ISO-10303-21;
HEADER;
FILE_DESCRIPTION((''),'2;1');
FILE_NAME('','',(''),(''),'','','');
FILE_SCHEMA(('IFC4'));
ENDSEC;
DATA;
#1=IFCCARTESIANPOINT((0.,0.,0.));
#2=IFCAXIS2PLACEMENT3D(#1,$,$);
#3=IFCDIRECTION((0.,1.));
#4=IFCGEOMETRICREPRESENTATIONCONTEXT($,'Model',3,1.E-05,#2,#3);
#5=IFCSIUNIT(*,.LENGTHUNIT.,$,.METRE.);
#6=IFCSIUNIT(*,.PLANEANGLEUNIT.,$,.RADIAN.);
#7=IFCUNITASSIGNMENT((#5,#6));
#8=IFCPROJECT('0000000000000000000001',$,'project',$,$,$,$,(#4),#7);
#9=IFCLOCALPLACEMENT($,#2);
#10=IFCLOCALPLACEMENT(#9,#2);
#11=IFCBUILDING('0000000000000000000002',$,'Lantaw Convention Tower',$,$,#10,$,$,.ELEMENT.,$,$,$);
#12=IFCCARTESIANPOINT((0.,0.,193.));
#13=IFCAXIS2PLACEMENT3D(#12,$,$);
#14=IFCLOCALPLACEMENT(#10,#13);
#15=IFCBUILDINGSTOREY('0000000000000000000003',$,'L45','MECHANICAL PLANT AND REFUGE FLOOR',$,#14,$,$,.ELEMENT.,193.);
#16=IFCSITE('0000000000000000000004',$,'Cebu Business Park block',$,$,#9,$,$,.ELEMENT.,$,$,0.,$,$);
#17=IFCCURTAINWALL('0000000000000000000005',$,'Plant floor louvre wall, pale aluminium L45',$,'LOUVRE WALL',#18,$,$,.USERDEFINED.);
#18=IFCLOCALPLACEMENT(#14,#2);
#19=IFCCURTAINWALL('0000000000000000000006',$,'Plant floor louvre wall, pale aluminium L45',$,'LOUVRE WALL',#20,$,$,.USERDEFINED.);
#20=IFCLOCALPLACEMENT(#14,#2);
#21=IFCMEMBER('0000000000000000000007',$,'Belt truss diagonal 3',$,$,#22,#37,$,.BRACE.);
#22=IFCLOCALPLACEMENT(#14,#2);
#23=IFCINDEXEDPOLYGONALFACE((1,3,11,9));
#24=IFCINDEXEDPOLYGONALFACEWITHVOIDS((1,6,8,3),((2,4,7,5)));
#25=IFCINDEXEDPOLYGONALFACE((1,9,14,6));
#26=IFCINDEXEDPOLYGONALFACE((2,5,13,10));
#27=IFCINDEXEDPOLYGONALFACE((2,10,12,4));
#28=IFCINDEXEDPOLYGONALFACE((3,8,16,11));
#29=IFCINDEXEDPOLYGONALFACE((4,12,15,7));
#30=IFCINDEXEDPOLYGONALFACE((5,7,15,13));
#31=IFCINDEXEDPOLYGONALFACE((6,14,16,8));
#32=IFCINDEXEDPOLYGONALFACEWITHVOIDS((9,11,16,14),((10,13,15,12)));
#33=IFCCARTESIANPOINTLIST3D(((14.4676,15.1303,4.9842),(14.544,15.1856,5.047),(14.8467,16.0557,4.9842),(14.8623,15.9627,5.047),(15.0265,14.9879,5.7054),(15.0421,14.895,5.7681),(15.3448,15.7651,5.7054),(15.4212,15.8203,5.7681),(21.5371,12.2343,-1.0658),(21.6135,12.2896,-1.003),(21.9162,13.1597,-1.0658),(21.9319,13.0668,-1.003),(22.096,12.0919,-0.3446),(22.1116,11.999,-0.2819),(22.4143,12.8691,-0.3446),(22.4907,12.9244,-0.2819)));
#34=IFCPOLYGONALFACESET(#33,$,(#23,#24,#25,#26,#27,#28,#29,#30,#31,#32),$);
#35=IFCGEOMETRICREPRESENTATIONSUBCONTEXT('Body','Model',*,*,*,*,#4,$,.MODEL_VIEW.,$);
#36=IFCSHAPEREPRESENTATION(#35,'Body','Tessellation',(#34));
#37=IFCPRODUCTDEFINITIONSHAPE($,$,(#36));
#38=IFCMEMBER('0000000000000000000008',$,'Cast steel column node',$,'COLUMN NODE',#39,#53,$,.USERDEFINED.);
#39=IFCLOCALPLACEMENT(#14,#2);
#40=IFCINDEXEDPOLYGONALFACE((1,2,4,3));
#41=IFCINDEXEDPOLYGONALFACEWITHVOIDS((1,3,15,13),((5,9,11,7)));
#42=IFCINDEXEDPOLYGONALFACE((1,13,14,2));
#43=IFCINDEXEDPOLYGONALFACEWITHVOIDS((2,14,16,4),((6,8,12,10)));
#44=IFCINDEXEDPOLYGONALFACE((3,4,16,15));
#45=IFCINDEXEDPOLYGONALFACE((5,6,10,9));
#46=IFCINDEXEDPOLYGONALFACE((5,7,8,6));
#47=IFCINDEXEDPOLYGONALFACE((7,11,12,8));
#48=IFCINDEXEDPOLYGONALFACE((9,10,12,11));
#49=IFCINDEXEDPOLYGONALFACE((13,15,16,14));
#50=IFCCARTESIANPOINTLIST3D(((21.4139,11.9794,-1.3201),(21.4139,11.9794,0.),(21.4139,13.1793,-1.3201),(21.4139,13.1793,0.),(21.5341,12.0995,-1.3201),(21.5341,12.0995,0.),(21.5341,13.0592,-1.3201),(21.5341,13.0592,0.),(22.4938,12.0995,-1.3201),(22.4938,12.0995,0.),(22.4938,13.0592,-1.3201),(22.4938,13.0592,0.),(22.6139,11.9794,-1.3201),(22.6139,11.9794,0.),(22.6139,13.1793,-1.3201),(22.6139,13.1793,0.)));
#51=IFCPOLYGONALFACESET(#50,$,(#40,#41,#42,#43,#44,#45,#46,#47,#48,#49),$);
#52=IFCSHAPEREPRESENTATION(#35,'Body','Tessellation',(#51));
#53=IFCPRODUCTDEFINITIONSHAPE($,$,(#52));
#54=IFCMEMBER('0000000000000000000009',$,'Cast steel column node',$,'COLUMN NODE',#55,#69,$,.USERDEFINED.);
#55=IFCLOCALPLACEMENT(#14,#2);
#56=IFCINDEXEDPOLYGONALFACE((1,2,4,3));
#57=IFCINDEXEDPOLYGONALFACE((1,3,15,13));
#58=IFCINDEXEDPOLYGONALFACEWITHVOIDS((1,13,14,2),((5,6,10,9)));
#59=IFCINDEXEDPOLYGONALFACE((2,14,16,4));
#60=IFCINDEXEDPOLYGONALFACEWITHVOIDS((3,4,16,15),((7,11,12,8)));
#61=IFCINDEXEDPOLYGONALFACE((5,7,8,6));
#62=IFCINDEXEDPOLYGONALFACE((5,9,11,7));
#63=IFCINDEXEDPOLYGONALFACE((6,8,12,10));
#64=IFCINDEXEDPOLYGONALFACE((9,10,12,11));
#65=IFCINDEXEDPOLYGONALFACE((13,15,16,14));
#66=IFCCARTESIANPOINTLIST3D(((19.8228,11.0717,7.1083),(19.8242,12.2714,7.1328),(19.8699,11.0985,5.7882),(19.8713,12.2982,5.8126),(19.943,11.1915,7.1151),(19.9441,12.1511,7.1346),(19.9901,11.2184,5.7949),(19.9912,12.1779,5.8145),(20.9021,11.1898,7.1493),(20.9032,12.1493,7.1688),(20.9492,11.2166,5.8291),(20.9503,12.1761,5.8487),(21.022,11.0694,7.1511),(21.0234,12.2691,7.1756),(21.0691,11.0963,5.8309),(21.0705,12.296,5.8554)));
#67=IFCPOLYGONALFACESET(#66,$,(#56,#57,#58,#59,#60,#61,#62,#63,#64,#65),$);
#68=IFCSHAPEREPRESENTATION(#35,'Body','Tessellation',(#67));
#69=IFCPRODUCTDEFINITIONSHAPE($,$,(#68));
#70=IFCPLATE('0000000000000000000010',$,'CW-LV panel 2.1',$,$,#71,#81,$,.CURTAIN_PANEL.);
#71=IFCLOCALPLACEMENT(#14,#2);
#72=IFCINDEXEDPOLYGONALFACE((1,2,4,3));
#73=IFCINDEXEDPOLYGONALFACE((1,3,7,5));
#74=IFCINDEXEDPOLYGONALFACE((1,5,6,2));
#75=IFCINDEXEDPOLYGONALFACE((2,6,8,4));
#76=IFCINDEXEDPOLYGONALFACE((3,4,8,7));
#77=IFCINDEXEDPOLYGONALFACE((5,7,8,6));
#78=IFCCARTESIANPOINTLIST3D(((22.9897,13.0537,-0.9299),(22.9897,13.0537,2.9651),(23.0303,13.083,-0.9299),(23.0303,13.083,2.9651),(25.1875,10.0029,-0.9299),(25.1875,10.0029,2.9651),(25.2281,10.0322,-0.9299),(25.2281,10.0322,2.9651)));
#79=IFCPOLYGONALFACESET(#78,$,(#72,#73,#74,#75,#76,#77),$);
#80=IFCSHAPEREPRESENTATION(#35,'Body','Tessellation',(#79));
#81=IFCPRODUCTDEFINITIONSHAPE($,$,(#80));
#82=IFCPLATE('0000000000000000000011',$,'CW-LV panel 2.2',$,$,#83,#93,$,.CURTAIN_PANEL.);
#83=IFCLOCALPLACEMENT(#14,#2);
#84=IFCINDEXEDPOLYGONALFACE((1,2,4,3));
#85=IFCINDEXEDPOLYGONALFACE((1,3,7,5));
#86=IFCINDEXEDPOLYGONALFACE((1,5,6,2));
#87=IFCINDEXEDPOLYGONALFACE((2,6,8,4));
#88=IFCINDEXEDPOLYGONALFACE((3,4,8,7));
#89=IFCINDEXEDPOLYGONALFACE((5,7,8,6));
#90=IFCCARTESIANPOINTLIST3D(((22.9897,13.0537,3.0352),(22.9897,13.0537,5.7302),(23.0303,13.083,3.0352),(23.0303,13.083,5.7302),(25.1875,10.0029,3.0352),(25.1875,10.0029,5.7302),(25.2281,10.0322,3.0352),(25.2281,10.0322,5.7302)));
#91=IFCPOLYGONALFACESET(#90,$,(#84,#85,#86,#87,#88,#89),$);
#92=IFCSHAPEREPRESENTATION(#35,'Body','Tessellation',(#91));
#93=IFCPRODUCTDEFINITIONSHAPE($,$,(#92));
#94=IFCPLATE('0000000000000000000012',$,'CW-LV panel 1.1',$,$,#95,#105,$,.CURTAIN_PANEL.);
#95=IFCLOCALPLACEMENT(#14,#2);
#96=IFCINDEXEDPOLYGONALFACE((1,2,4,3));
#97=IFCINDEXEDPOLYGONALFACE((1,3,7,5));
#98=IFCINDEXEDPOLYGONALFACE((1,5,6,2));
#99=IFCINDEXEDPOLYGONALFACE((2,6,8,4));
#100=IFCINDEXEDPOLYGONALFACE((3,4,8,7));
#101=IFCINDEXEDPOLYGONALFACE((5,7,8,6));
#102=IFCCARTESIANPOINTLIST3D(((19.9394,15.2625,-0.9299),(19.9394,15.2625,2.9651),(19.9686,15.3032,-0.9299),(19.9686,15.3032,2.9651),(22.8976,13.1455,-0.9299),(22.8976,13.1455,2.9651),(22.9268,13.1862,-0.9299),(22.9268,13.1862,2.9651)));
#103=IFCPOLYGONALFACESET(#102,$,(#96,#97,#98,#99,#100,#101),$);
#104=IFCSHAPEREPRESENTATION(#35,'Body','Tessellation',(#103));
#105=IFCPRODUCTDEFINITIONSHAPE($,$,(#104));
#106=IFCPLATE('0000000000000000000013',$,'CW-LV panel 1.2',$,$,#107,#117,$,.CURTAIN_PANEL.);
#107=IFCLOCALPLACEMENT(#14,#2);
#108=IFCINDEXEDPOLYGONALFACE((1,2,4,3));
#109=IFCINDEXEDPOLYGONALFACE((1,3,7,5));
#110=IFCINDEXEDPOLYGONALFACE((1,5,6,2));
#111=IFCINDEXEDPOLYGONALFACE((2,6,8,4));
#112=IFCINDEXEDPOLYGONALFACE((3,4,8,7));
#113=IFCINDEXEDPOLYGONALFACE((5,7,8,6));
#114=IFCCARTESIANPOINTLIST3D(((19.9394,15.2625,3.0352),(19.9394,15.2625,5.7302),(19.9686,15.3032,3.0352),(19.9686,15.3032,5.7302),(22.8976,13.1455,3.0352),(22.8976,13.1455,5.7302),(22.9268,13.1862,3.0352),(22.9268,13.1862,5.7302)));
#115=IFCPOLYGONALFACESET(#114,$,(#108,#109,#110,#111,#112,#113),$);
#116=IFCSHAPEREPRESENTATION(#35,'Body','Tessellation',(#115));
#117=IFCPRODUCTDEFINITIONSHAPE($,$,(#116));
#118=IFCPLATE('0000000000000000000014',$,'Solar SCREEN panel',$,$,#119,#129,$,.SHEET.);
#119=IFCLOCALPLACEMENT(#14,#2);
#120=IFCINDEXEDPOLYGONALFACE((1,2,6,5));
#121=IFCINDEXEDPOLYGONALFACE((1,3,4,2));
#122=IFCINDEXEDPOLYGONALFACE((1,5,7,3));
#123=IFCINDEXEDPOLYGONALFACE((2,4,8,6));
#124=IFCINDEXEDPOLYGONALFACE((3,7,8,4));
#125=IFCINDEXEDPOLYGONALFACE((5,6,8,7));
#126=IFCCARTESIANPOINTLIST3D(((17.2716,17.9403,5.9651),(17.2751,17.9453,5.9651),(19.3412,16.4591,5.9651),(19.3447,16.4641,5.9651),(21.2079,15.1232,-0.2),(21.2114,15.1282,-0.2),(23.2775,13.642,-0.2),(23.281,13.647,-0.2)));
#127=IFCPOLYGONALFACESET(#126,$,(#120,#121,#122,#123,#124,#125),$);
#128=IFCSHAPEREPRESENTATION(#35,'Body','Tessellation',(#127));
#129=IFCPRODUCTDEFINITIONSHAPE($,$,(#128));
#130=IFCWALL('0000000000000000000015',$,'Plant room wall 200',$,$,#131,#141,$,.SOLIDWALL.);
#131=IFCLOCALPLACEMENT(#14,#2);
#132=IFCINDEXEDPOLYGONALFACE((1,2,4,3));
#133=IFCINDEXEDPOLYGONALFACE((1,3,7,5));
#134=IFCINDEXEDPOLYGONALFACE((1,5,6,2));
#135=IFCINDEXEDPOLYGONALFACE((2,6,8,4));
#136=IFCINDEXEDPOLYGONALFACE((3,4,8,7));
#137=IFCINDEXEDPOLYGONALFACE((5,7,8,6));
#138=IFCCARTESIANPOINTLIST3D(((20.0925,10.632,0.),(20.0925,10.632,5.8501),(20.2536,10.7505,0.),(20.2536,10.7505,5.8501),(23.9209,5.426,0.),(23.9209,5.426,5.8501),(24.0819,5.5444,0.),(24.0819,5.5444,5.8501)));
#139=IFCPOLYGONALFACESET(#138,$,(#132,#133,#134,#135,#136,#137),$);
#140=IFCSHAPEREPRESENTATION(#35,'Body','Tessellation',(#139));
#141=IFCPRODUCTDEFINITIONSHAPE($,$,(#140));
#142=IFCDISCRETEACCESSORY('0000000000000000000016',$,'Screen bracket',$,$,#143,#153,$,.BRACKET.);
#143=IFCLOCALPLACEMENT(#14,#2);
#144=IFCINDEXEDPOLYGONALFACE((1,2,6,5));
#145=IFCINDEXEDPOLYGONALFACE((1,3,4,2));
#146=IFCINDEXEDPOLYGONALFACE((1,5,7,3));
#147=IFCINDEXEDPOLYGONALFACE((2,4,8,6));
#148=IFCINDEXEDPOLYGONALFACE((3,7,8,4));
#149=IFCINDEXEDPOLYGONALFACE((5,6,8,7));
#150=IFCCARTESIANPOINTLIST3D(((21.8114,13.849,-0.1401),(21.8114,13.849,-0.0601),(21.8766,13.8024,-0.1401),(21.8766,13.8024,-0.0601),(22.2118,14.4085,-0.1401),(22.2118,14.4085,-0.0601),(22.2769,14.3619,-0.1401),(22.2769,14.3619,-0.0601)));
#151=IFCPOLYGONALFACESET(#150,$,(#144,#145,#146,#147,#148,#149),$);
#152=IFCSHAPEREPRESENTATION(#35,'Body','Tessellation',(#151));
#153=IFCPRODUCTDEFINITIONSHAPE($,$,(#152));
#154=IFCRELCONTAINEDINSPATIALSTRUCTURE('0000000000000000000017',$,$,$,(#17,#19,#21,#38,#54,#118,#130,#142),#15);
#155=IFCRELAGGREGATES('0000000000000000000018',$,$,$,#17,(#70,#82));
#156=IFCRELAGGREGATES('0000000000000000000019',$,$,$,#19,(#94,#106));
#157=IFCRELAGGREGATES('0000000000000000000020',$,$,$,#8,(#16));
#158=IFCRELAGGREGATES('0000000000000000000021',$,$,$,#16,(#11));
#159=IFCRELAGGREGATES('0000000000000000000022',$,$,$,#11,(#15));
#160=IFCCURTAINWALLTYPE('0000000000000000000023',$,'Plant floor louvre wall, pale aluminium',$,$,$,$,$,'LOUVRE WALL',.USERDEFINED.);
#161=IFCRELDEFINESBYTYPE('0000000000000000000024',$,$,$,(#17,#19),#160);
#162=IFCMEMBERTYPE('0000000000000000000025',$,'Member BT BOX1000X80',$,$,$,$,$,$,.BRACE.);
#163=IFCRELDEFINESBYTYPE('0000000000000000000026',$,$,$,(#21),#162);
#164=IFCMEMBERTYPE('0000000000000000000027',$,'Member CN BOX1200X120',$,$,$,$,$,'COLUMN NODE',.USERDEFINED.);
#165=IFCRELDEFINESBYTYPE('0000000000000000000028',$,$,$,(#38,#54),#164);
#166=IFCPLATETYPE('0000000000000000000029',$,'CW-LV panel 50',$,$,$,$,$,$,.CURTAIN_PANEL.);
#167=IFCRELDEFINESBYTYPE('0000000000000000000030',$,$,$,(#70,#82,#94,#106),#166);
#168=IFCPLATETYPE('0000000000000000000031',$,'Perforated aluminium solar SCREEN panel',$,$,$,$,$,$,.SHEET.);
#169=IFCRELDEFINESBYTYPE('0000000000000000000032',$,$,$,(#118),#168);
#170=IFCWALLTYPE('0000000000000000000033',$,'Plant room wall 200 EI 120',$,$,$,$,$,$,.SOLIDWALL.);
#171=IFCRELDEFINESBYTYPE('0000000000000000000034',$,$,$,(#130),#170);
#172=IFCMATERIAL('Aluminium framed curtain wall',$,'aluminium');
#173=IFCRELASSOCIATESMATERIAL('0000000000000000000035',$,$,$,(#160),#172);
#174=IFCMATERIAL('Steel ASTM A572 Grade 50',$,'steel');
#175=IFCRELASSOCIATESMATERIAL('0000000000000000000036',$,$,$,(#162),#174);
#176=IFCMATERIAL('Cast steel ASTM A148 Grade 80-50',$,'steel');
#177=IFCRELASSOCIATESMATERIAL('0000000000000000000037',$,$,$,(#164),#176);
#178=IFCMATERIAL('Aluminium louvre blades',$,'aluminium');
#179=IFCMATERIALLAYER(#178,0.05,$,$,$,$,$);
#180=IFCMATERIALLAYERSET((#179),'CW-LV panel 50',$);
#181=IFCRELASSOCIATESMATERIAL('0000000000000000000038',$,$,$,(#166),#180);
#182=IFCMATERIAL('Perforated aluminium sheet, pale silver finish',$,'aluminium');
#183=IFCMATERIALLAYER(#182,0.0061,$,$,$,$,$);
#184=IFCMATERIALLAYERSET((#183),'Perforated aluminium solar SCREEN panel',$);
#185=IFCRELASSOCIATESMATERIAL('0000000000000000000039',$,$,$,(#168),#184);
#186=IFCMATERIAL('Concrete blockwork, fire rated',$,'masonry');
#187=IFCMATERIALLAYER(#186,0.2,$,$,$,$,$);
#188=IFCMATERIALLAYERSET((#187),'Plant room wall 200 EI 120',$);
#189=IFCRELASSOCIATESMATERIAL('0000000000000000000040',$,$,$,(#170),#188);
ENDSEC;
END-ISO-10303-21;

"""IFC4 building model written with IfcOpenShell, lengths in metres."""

from ifc_helpers import new_model, si_unit, direction, frame, frame_2d, origin, origin_2d, place, context, subcontext, project, spatial, polyline, rectangle, hollow_rectangle, outline, extrude, material, layer, layer_set, material_profile, profile_set, type_object, element, aggregate, save


model = new_model("IFC4")

# Units and contexts
model_context = context("Model", 3, precision=1e-05, world=origin(), true_north=direction((0.0, 1.0)))
body_context = subcontext(model_context, "Body", "Model", "MODEL_VIEW")
ifc_project = project(units=[si_unit("LENGTHUNIT", "METRE"), si_unit("PLANEANGLEUNIT", "RADIAN")], contexts=[model_context])

# Site, building, storey
site_placement = place(None, origin())
site = spatial("IfcSite", under=ifc_project, at=site_placement, Name="Cebu Business Park block", CompositionType="ELEMENT", RefElevation=0.0)
building_placement = place(site_placement, origin())
building = spatial("IfcBuilding", under=site, at=building_placement, Name="Lantaw Convention Tower", CompositionType="ELEMENT")
storey_placement = place(building_placement, frame((0.0, 0.0, 193.0)))
storey = spatial("IfcBuildingStorey", under=building, at=storey_placement, Name="L45", Description="MECHANICAL PLANT AND REFUGE FLOOR", CompositionType="ELEMENT", Elevation=193.0)

# Curtain wall
ifc_material_1 = material(Name="Aluminium framed curtain wall", Category="aluminium")
curtain_wall_type = type_object("IfcCurtainWallType", Name="Plant floor louvre wall, pale aluminium", ElementType="LOUVRE WALL", PredefinedType="USERDEFINED", material=ifc_material_1)
curtain_wall_1_placement = place(storey_placement, origin())
curtain_wall_1 = element("IfcCurtainWall", 1, at=curtain_wall_1_placement, inside=storey, type_object=curtain_wall_type, Name="Plant floor louvre wall, pale aluminium L45", ObjectType="LOUVRE WALL", PredefinedType="USERDEFINED")

# Curtain wall
curtain_wall_2_placement = place(storey_placement, origin())
curtain_wall_2 = element("IfcCurtainWall", 2, at=curtain_wall_2_placement, inside=storey, type_object=curtain_wall_type, Name="Plant floor louvre wall, pale aluminium L45", ObjectType="LOUVRE WALL", PredefinedType="USERDEFINED")

# Members
ifc_material_2 = material(Name="Steel ASTM A572 Grade 50", Category="steel")
ifc_material_profile_1 = material_profile(ifc_material_2, hollow_rectangle(XDim=1.0, YDim=1.0, WallThickness=0.0801, at=origin_2d()), Name="BOX1000X80")
ifc_profile_set_1 = profile_set([ifc_material_profile_1], Name="Steel ASTM A572 Grade 50")
member_type_1 = type_object("IfcMemberType", Name="Member BT BOX1000X80", PredefinedType="BRACE", material=ifc_profile_set_1)
member_1_placement = place(storey_placement, frame((22.0139, 12.5793, -0.6738), z_axis=(-0.725443, 0.297172, 0.620824), x_axis=(-0.37907, -0.925368, 0.0)))
element("IfcMember", 3, at=member_1_placement, inside=storey, type_object=member_type_1, Name="Belt truss diagonal 3", PredefinedType="BRACE", context=body_context, shape_type="SweptSolid", body=[
    extrude(hollow_rectangle(XDim=1.0, YDim=1.0, WallThickness=0.0801, at=origin_2d()), origin(), (0.0, 0.0, 1.0), 9.7451),
])
ifc_material_3 = material(Name="Cast steel ASTM A148 Grade 80-50", Category="steel")
ifc_material_profile_2 = material_profile(ifc_material_3, hollow_rectangle(XDim=1.2, YDim=1.2, WallThickness=0.1201, at=origin_2d()), Name="BOX1200X120")
ifc_profile_set_2 = profile_set([ifc_material_profile_2], Name="Cast steel ASTM A148 Grade 80-50")
member_type_2 = type_object("IfcMemberType", Name="Member CN BOX1200X120", ElementType="COLUMN NODE", PredefinedType="USERDEFINED", material=ifc_profile_set_2)
member_2_placement = place(storey_placement, frame((22.0139, 12.5793, -1.3201), z_axis=(0.0, 0.0, 1.0), x_axis=(1.0, 0.0, 0.0)))
element("IfcMember", 4, at=member_2_placement, inside=storey, type_object=member_type_2, Name="Cast steel column node", ObjectType="COLUMN NODE", PredefinedType="USERDEFINED", context=body_context, shape_type="SweptSolid", body=[
    extrude(hollow_rectangle(XDim=1.2, YDim=1.2, WallThickness=0.1201, at=origin_2d()), origin(), (0.0, 0.0, 1.0), 1.3201),
])
member_3_placement = place(storey_placement, frame((20.4702, 11.6973, 5.8218), z_axis=(-0.035664, -0.020327, 0.999157), x_axis=(0.999363, -0.001854, 0.035634)))
element("IfcMember", 5, at=member_3_placement, inside=storey, type_object=member_type_2, Name="Cast steel column node", ObjectType="COLUMN NODE", PredefinedType="USERDEFINED", context=body_context, shape_type="SweptSolid", body=[
    extrude(hollow_rectangle(XDim=1.2, YDim=1.2, WallThickness=0.1201, at=origin_2d()), origin(), (0.0, 0.0, 1.0), 1.3213),
])

# Plates
ifc_material_4 = material(Name="Aluminium louvre blades", Category="aluminium")
ifc_layer_1 = layer(ifc_material_4, 0.05)
ifc_layer_set_1 = layer_set([ifc_layer_1], Name="CW-LV panel 50")
plate_type_1 = type_object("IfcPlateType", Name="CW-LV panel 50", PredefinedType="CURTAIN_PANEL", material=ifc_layer_set_1)
plate_1_placement = place(storey_placement, frame((24.1089, 11.543, -0.9299), z_axis=(0.0, 0.0, 1.0), x_axis=(-0.584513, 0.811385, 0.0)))
plate_1 = element("IfcPlate", 6, at=plate_1_placement, type_object=plate_type_1, Name="CW-LV panel 2.1", PredefinedType="CURTAIN_PANEL", context=body_context, shape_type="SweptSolid", body=[
    extrude(rectangle(XDim=3.76, YDim=0.05, at=origin_2d()), origin(), (0.0, 0.0, 1.0), 3.895),
])
plate_2_placement = place(storey_placement, frame((24.1089, 11.543, 3.0352), z_axis=(0.0, 0.0, 1.0), x_axis=(-0.584513, 0.811385, 0.0)))
plate_2 = element("IfcPlate", 7, at=plate_2_placement, type_object=plate_type_1, Name="CW-LV panel 2.2", PredefinedType="CURTAIN_PANEL", context=body_context, shape_type="SweptSolid", body=[
    extrude(rectangle(XDim=3.76, YDim=0.05, at=origin_2d()), origin(), (0.0, 0.0, 1.0), 2.6951),
])
aggregate(curtain_wall_1, [plate_1, plate_2])
plate_3_placement = place(storey_placement, frame((21.4331, 14.2244, -0.9299), z_axis=(0.0, 0.0, 1.0), x_axis=(-0.813208, 0.581973, 0.0)))
plate_3 = element("IfcPlate", 8, at=plate_3_placement, type_object=plate_type_1, Name="CW-LV panel 1.1", PredefinedType="CURTAIN_PANEL", context=body_context, shape_type="SweptSolid", body=[
    extrude(rectangle(XDim=3.6377, YDim=0.05, at=origin_2d()), origin(), (0.0, 0.0, 1.0), 3.895),
])
plate_4_placement = place(storey_placement, frame((21.4331, 14.2244, 3.0352), z_axis=(0.0, 0.0, 1.0), x_axis=(-0.813208, 0.581973, 0.0)))
plate_4 = element("IfcPlate", 9, at=plate_4_placement, type_object=plate_type_1, Name="CW-LV panel 1.2", PredefinedType="CURTAIN_PANEL", context=body_context, shape_type="SweptSolid", body=[
    extrude(rectangle(XDim=3.6377, YDim=0.05, at=origin_2d()), origin(), (0.0, 0.0, 1.0), 2.6951),
])
aggregate(curtain_wall_2, [plate_3, plate_4])
ifc_material_5 = material(Name="Perforated aluminium sheet, pale silver finish", Category="aluminium")
ifc_layer_2 = layer(ifc_material_5, 0.0061)
ifc_layer_set_2 = layer_set([ifc_layer_2], Name="Perforated aluminium solar SCREEN panel")
plate_type_2 = type_object("IfcPlateType", Name="Perforated aluminium solar SCREEN panel", PredefinedType="SHEET", material=ifc_layer_set_2)
plate_5_placement = place(storey_placement, frame((23.281, 13.647, -0.2), z_axis=(0.582, 0.813189, 0.000008), x_axis=(-0.813189, 0.582, 0.0)))
element("IfcPlate", 10, at=plate_5_placement, inside=storey, type_object=plate_type_2, Name="Solar SCREEN panel", PredefinedType="SHEET", context=body_context, shape_type="SweptSolid", body=[
    extrude(outline(polyline([(0.0, 0.0), (2.545, 0.0), (7.3855, 6.165), (4.8405, 6.165), (0.0, 0.0)])), origin(), (0.0, 0.0, -1.0), 0.0061),
])

# Wall
ifc_material_6 = material(Name="Concrete blockwork, fire rated", Category="masonry")
ifc_layer_3 = layer(ifc_material_6, 0.2)
ifc_layer_set_3 = layer_set([ifc_layer_3], Name="Plant room wall 200 EI 120")
wall_type = type_object("IfcWallType", Name="Plant room wall 200 EI 120", PredefinedType="SOLIDWALL", material=ifc_layer_set_3)
wall_placement = place(storey_placement, frame((20.1731, 10.6912, 0.0), z_axis=(0.0, 0.0, 1.0), x_axis=(0.592429, -0.805622, 0.0)))
element("IfcWall", 11, at=wall_placement, inside=storey, type_object=wall_type, Name="Plant room wall 200", PredefinedType="SOLIDWALL", context=body_context, shape_type="SweptSolid", body=[
    extrude(rectangle(XDim=6.4622, YDim=0.2, at=frame_2d((3.231, 0.0))), origin(), (0.0, 0.0, 1.0), 5.8501),
])

# Discrete accessory
discrete_accessory_placement = place(storey_placement, frame((22.0442, 14.1055, -0.1401), z_axis=(0.0, 0.0, 1.0), x_axis=(-0.813208, 0.581973, 0.0)))
element("IfcDiscreteAccessory", 12, at=discrete_accessory_placement, inside=storey, Name="Screen bracket", PredefinedType="BRACKET", context=body_context, shape_type="SweptSolid", body=[
    extrude(rectangle(XDim=0.0801, YDim=0.688, at=origin_2d()), origin(), (0.0, 0.0, 1.0), 0.0801),
])

save(model, "model.ifc")
